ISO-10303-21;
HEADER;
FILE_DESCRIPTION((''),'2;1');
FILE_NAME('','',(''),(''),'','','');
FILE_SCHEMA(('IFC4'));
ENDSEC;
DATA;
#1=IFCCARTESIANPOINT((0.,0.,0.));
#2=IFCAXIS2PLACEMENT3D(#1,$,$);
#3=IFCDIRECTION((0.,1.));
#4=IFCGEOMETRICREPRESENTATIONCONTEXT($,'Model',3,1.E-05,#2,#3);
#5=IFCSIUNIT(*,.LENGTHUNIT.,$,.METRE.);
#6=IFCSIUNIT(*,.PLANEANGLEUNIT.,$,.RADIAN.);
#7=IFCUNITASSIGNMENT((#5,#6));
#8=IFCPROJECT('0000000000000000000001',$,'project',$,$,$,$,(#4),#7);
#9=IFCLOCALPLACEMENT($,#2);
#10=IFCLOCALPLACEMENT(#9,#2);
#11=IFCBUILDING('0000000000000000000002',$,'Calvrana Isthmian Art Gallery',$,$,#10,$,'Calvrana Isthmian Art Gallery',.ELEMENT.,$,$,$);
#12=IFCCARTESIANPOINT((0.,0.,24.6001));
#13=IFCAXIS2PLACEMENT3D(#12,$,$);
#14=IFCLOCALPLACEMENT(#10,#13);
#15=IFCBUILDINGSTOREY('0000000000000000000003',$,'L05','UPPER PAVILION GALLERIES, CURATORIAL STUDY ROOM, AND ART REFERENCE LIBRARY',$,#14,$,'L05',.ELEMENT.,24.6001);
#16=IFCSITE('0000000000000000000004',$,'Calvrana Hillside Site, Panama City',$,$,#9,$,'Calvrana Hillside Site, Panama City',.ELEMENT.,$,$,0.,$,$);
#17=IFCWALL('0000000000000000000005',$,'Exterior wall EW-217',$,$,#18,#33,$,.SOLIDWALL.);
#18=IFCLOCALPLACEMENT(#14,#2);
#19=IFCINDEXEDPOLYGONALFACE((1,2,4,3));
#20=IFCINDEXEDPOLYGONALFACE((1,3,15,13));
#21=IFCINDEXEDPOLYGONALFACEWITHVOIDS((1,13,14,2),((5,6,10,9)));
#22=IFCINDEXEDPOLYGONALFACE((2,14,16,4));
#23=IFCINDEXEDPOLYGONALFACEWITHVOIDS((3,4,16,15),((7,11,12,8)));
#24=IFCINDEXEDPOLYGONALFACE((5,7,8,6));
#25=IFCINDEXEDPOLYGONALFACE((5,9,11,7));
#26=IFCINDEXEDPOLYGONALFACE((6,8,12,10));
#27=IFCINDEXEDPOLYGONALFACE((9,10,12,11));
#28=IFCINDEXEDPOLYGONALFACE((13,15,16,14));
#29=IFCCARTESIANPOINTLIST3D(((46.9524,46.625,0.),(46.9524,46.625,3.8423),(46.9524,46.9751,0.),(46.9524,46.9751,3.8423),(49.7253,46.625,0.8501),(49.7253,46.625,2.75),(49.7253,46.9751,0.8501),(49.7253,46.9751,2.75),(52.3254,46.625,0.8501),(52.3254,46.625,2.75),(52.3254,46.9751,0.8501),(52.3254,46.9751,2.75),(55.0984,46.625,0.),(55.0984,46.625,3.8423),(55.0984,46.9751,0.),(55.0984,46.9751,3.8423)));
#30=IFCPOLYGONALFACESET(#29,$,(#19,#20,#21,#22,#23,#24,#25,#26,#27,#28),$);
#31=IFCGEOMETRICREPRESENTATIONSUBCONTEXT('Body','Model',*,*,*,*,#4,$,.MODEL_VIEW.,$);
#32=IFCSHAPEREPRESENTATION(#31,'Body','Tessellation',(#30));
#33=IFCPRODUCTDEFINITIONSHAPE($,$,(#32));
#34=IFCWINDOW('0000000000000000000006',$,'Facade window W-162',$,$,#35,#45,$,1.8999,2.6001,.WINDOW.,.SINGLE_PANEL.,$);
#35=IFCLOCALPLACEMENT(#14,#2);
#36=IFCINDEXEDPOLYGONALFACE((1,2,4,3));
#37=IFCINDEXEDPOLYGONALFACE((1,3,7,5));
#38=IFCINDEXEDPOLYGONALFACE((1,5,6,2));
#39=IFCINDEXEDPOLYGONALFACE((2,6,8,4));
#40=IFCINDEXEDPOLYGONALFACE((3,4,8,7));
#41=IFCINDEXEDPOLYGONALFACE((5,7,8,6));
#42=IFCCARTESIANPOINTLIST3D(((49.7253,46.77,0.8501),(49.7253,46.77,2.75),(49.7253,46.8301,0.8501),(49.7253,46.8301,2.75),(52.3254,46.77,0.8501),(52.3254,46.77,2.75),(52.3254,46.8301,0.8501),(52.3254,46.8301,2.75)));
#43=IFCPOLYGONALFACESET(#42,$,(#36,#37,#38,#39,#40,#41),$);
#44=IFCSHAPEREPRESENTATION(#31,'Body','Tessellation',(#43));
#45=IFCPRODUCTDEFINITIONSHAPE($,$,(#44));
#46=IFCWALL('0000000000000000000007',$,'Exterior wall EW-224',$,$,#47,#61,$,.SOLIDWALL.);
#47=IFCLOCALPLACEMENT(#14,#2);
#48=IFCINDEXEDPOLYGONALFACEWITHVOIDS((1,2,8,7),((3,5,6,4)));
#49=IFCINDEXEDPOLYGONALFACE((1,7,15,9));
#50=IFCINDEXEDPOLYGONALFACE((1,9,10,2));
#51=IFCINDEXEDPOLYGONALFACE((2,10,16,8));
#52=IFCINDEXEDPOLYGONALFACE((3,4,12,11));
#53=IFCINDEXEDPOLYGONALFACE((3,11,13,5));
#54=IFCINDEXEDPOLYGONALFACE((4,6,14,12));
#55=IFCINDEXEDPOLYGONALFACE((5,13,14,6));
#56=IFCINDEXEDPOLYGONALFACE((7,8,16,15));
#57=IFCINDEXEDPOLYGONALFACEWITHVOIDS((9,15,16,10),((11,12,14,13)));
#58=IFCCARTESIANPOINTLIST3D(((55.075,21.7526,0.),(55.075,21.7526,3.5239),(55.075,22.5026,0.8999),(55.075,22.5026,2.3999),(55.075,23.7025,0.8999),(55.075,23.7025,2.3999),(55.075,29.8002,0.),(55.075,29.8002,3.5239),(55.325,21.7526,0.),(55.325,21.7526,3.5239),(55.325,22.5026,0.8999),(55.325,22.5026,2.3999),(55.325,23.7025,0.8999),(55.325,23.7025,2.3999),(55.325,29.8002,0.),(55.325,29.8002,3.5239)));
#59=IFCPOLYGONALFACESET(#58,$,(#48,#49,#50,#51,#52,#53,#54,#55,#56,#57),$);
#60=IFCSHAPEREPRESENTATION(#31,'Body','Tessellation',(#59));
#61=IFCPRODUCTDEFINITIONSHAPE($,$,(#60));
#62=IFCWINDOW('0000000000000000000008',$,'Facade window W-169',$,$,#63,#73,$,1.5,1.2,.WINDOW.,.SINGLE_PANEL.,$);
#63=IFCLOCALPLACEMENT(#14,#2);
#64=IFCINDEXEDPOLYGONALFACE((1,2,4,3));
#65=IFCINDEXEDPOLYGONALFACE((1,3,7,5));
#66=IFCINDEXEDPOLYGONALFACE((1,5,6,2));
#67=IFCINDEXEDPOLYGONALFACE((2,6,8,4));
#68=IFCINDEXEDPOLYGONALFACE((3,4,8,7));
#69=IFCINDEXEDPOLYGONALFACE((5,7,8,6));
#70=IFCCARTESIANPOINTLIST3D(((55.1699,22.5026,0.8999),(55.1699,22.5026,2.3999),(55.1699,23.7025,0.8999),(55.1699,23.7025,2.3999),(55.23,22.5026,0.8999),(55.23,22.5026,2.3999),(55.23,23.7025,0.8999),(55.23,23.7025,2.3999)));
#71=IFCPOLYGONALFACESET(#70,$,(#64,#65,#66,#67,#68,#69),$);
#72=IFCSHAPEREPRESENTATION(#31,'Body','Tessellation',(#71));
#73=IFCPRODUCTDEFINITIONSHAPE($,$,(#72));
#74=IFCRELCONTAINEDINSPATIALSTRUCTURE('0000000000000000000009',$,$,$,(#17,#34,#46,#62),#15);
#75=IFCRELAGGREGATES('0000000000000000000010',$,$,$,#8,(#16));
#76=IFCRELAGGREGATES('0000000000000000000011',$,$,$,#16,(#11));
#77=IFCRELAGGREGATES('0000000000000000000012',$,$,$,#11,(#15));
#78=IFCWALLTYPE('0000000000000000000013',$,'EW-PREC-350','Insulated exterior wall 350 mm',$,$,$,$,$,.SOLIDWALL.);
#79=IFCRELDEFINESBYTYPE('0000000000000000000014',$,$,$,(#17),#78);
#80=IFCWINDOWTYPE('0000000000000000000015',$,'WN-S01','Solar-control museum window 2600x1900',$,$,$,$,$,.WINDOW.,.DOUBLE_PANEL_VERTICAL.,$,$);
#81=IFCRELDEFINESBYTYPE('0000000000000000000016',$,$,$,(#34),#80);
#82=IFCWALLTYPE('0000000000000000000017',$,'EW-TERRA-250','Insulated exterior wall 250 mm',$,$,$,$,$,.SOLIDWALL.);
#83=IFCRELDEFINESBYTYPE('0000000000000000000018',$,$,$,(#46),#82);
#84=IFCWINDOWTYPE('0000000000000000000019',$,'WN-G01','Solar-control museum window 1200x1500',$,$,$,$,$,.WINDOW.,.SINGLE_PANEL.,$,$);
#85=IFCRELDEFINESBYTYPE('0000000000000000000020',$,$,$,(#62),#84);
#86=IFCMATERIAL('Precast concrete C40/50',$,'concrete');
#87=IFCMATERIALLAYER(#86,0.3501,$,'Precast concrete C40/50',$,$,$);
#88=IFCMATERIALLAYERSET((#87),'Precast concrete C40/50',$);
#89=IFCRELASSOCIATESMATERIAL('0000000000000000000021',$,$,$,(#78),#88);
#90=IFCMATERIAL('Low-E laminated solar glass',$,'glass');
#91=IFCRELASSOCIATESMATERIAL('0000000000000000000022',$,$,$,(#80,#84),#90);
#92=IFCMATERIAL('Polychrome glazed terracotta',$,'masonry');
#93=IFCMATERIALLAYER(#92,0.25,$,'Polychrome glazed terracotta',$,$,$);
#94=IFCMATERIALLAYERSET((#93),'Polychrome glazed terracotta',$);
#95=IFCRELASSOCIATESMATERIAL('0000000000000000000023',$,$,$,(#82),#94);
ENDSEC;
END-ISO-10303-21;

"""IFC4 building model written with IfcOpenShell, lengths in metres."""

from ifc_helpers import new_model, si_unit, direction, frame, frame_2d, origin, place, context, subcontext, project, spatial, rectangle, extrude, material, layer, layer_set, type_object, element, fill, save


model = new_model("IFC4")

# Units and contexts
model_context = context("Model", 3, precision=1e-05, world=origin(), true_north=direction((0.0, 1.0)))
body_context = subcontext(model_context, "Body", "Model", "MODEL_VIEW")
ifc_project = project(units=[si_unit("LENGTHUNIT", "METRE"), si_unit("PLANEANGLEUNIT", "RADIAN")], contexts=[model_context])

# Site, building, storey
site_placement = place(None, origin())
site = spatial("IfcSite", under=ifc_project, at=site_placement, Name="Calvrana Hillside Site, Panama City", LongName="Calvrana Hillside Site, Panama City", CompositionType="ELEMENT", RefElevation=0.0)
building_placement = place(site_placement, origin())
building = spatial("IfcBuilding", under=site, at=building_placement, Name="Calvrana Isthmian Art Gallery", LongName="Calvrana Isthmian Art Gallery", CompositionType="ELEMENT")
storey_placement = place(building_placement, frame((0.0, 0.0, 24.6001)))
storey = spatial("IfcBuildingStorey", under=building, at=storey_placement, Name="L05", Description="UPPER PAVILION GALLERIES, CURATORIAL STUDY ROOM, AND ART REFERENCE LIBRARY", LongName="L05", CompositionType="ELEMENT", Elevation=24.6001)

# Walls, openings, windows
ifc_material_1 = material(Name="Precast concrete C40/50", Category="concrete")
ifc_material_2 = material(Name="Low-E laminated solar glass", Category="glass")
ifc_layer_1 = layer(ifc_material_1, 0.3501, Name="Precast concrete C40/50")
ifc_layer_set_1 = layer_set([ifc_layer_1], Name="Precast concrete C40/50")
wall_type_1 = type_object("IfcWallType", Name="EW-PREC-350", Description="Insulated exterior wall 350 mm", PredefinedType="SOLIDWALL", material=ifc_layer_set_1)
wall_1_placement = place(storey_placement, frame((46.9524, 46.8, 0.0), z_axis=(0.0, 0.0, 1.0), x_axis=(1.0, 0.0, 0.0)))
wall_1 = element("IfcWall", 1, at=wall_1_placement, inside=storey, type_object=wall_type_1, Name="Exterior wall EW-217", PredefinedType="SOLIDWALL", context=body_context, shape_type="SweptSolid", body=[
    extrude(rectangle(XDim=8.146, YDim=0.3501, at=frame_2d((4.073, 0.0))), origin(), (0.0, 0.0, 1.0), 3.8423),
])
opening_1_placement = place(wall_1_placement, frame((2.7729, 0.0, 0.8501)))
opening_1 = element("IfcOpeningElement", 2, at=opening_1_placement, cuts=wall_1, PredefinedType="OPENING", context=body_context, shape_type="SweptSolid", body=[
    extrude(rectangle(XDim=2.6001, YDim=1.8999, at=frame_2d((1.3, 0.95))), frame((0.0, 0.1853, 0.0), z_axis=(0.0, -1.0, 0.0), x_axis=(1.0, 0.0, 0.0)), (0.0, 0.0, 1.0), 0.3706),
])
window_type_1 = type_object("IfcWindowType", Name="WN-S01", Description="Solar-control museum window 2600x1900", PartitioningType="DOUBLE_PANEL_VERTICAL", PredefinedType="WINDOW", material=ifc_material_2)
window_1_placement = place(opening_1_placement, origin())
window_1 = element("IfcWindow", 3, at=window_1_placement, inside=storey, type_object=window_type_1, Name="Facade window W-162", OverallHeight=1.8999, OverallWidth=2.6001, PartitioningType="SINGLE_PANEL", PredefinedType="WINDOW", context=body_context, shape_type="SweptSolid", body=[
    extrude(rectangle(XDim=2.6001, YDim=1.8999, at=frame_2d((1.3, 0.95))), frame((0.0, 0.03, 0.0), z_axis=(0.0, -1.0, 0.0), x_axis=(1.0, 0.0, 0.0)), (0.0, 0.0, 1.0), 0.0601),
])
fill(opening_1, window_1)
ifc_material_3 = material(Name="Polychrome glazed terracotta", Category="masonry")
ifc_layer_2 = layer(ifc_material_3, 0.25, Name="Polychrome glazed terracotta")
ifc_layer_set_2 = layer_set([ifc_layer_2], Name="Polychrome glazed terracotta")
wall_type_2 = type_object("IfcWallType", Name="EW-TERRA-250", Description="Insulated exterior wall 250 mm", PredefinedType="SOLIDWALL", material=ifc_layer_set_2)
wall_2_placement = place(storey_placement, frame((55.2, 21.7524, 0.0), z_axis=(0.0, 0.0, 1.0), x_axis=(0.0, 1.0, 0.0)))
wall_2 = element("IfcWall", 4, at=wall_2_placement, inside=storey, type_object=wall_type_2, Name="Exterior wall EW-224", PredefinedType="SOLIDWALL", context=body_context, shape_type="SweptSolid", body=[
    extrude(rectangle(XDim=8.0476, YDim=0.25, at=frame_2d((4.0239, 0.0))), origin(), (0.0, 0.0, 1.0), 3.5239),
])
opening_2_placement = place(wall_2_placement, frame((0.75, 0.0, 0.8999)))
opening_2 = element("IfcOpeningElement", 5, at=opening_2_placement, cuts=wall_2, PredefinedType="OPENING", context=body_context, shape_type="SweptSolid", body=[
    extrude(rectangle(XDim=1.2, YDim=1.5, at=frame_2d((0.6001, 0.75))), frame((0.0, 0.1353, 0.0), z_axis=(0.0, -1.0, 0.0), x_axis=(1.0, 0.0, 0.0)), (0.0, 0.0, 1.0), 0.2705),
])
window_type_2 = type_object("IfcWindowType", Name="WN-G01", Description="Solar-control museum window 1200x1500", PartitioningType="SINGLE_PANEL", PredefinedType="WINDOW", material=ifc_material_2)
window_2_placement = place(opening_2_placement, origin())
window_2 = element("IfcWindow", 6, at=window_2_placement, inside=storey, type_object=window_type_2, Name="Facade window W-169", OverallHeight=1.5, OverallWidth=1.2, PartitioningType="SINGLE_PANEL", PredefinedType="WINDOW", context=body_context, shape_type="SweptSolid", body=[
    extrude(rectangle(XDim=1.2, YDim=1.5, at=frame_2d((0.6001, 0.75))), frame((0.0, 0.03, 0.0), z_axis=(0.0, -1.0, 0.0), x_axis=(1.0, 0.0, 0.0)), (0.0, 0.0, 1.0), 0.0601),
])
fill(opening_2, window_2)

save(model, "model.ifc")
